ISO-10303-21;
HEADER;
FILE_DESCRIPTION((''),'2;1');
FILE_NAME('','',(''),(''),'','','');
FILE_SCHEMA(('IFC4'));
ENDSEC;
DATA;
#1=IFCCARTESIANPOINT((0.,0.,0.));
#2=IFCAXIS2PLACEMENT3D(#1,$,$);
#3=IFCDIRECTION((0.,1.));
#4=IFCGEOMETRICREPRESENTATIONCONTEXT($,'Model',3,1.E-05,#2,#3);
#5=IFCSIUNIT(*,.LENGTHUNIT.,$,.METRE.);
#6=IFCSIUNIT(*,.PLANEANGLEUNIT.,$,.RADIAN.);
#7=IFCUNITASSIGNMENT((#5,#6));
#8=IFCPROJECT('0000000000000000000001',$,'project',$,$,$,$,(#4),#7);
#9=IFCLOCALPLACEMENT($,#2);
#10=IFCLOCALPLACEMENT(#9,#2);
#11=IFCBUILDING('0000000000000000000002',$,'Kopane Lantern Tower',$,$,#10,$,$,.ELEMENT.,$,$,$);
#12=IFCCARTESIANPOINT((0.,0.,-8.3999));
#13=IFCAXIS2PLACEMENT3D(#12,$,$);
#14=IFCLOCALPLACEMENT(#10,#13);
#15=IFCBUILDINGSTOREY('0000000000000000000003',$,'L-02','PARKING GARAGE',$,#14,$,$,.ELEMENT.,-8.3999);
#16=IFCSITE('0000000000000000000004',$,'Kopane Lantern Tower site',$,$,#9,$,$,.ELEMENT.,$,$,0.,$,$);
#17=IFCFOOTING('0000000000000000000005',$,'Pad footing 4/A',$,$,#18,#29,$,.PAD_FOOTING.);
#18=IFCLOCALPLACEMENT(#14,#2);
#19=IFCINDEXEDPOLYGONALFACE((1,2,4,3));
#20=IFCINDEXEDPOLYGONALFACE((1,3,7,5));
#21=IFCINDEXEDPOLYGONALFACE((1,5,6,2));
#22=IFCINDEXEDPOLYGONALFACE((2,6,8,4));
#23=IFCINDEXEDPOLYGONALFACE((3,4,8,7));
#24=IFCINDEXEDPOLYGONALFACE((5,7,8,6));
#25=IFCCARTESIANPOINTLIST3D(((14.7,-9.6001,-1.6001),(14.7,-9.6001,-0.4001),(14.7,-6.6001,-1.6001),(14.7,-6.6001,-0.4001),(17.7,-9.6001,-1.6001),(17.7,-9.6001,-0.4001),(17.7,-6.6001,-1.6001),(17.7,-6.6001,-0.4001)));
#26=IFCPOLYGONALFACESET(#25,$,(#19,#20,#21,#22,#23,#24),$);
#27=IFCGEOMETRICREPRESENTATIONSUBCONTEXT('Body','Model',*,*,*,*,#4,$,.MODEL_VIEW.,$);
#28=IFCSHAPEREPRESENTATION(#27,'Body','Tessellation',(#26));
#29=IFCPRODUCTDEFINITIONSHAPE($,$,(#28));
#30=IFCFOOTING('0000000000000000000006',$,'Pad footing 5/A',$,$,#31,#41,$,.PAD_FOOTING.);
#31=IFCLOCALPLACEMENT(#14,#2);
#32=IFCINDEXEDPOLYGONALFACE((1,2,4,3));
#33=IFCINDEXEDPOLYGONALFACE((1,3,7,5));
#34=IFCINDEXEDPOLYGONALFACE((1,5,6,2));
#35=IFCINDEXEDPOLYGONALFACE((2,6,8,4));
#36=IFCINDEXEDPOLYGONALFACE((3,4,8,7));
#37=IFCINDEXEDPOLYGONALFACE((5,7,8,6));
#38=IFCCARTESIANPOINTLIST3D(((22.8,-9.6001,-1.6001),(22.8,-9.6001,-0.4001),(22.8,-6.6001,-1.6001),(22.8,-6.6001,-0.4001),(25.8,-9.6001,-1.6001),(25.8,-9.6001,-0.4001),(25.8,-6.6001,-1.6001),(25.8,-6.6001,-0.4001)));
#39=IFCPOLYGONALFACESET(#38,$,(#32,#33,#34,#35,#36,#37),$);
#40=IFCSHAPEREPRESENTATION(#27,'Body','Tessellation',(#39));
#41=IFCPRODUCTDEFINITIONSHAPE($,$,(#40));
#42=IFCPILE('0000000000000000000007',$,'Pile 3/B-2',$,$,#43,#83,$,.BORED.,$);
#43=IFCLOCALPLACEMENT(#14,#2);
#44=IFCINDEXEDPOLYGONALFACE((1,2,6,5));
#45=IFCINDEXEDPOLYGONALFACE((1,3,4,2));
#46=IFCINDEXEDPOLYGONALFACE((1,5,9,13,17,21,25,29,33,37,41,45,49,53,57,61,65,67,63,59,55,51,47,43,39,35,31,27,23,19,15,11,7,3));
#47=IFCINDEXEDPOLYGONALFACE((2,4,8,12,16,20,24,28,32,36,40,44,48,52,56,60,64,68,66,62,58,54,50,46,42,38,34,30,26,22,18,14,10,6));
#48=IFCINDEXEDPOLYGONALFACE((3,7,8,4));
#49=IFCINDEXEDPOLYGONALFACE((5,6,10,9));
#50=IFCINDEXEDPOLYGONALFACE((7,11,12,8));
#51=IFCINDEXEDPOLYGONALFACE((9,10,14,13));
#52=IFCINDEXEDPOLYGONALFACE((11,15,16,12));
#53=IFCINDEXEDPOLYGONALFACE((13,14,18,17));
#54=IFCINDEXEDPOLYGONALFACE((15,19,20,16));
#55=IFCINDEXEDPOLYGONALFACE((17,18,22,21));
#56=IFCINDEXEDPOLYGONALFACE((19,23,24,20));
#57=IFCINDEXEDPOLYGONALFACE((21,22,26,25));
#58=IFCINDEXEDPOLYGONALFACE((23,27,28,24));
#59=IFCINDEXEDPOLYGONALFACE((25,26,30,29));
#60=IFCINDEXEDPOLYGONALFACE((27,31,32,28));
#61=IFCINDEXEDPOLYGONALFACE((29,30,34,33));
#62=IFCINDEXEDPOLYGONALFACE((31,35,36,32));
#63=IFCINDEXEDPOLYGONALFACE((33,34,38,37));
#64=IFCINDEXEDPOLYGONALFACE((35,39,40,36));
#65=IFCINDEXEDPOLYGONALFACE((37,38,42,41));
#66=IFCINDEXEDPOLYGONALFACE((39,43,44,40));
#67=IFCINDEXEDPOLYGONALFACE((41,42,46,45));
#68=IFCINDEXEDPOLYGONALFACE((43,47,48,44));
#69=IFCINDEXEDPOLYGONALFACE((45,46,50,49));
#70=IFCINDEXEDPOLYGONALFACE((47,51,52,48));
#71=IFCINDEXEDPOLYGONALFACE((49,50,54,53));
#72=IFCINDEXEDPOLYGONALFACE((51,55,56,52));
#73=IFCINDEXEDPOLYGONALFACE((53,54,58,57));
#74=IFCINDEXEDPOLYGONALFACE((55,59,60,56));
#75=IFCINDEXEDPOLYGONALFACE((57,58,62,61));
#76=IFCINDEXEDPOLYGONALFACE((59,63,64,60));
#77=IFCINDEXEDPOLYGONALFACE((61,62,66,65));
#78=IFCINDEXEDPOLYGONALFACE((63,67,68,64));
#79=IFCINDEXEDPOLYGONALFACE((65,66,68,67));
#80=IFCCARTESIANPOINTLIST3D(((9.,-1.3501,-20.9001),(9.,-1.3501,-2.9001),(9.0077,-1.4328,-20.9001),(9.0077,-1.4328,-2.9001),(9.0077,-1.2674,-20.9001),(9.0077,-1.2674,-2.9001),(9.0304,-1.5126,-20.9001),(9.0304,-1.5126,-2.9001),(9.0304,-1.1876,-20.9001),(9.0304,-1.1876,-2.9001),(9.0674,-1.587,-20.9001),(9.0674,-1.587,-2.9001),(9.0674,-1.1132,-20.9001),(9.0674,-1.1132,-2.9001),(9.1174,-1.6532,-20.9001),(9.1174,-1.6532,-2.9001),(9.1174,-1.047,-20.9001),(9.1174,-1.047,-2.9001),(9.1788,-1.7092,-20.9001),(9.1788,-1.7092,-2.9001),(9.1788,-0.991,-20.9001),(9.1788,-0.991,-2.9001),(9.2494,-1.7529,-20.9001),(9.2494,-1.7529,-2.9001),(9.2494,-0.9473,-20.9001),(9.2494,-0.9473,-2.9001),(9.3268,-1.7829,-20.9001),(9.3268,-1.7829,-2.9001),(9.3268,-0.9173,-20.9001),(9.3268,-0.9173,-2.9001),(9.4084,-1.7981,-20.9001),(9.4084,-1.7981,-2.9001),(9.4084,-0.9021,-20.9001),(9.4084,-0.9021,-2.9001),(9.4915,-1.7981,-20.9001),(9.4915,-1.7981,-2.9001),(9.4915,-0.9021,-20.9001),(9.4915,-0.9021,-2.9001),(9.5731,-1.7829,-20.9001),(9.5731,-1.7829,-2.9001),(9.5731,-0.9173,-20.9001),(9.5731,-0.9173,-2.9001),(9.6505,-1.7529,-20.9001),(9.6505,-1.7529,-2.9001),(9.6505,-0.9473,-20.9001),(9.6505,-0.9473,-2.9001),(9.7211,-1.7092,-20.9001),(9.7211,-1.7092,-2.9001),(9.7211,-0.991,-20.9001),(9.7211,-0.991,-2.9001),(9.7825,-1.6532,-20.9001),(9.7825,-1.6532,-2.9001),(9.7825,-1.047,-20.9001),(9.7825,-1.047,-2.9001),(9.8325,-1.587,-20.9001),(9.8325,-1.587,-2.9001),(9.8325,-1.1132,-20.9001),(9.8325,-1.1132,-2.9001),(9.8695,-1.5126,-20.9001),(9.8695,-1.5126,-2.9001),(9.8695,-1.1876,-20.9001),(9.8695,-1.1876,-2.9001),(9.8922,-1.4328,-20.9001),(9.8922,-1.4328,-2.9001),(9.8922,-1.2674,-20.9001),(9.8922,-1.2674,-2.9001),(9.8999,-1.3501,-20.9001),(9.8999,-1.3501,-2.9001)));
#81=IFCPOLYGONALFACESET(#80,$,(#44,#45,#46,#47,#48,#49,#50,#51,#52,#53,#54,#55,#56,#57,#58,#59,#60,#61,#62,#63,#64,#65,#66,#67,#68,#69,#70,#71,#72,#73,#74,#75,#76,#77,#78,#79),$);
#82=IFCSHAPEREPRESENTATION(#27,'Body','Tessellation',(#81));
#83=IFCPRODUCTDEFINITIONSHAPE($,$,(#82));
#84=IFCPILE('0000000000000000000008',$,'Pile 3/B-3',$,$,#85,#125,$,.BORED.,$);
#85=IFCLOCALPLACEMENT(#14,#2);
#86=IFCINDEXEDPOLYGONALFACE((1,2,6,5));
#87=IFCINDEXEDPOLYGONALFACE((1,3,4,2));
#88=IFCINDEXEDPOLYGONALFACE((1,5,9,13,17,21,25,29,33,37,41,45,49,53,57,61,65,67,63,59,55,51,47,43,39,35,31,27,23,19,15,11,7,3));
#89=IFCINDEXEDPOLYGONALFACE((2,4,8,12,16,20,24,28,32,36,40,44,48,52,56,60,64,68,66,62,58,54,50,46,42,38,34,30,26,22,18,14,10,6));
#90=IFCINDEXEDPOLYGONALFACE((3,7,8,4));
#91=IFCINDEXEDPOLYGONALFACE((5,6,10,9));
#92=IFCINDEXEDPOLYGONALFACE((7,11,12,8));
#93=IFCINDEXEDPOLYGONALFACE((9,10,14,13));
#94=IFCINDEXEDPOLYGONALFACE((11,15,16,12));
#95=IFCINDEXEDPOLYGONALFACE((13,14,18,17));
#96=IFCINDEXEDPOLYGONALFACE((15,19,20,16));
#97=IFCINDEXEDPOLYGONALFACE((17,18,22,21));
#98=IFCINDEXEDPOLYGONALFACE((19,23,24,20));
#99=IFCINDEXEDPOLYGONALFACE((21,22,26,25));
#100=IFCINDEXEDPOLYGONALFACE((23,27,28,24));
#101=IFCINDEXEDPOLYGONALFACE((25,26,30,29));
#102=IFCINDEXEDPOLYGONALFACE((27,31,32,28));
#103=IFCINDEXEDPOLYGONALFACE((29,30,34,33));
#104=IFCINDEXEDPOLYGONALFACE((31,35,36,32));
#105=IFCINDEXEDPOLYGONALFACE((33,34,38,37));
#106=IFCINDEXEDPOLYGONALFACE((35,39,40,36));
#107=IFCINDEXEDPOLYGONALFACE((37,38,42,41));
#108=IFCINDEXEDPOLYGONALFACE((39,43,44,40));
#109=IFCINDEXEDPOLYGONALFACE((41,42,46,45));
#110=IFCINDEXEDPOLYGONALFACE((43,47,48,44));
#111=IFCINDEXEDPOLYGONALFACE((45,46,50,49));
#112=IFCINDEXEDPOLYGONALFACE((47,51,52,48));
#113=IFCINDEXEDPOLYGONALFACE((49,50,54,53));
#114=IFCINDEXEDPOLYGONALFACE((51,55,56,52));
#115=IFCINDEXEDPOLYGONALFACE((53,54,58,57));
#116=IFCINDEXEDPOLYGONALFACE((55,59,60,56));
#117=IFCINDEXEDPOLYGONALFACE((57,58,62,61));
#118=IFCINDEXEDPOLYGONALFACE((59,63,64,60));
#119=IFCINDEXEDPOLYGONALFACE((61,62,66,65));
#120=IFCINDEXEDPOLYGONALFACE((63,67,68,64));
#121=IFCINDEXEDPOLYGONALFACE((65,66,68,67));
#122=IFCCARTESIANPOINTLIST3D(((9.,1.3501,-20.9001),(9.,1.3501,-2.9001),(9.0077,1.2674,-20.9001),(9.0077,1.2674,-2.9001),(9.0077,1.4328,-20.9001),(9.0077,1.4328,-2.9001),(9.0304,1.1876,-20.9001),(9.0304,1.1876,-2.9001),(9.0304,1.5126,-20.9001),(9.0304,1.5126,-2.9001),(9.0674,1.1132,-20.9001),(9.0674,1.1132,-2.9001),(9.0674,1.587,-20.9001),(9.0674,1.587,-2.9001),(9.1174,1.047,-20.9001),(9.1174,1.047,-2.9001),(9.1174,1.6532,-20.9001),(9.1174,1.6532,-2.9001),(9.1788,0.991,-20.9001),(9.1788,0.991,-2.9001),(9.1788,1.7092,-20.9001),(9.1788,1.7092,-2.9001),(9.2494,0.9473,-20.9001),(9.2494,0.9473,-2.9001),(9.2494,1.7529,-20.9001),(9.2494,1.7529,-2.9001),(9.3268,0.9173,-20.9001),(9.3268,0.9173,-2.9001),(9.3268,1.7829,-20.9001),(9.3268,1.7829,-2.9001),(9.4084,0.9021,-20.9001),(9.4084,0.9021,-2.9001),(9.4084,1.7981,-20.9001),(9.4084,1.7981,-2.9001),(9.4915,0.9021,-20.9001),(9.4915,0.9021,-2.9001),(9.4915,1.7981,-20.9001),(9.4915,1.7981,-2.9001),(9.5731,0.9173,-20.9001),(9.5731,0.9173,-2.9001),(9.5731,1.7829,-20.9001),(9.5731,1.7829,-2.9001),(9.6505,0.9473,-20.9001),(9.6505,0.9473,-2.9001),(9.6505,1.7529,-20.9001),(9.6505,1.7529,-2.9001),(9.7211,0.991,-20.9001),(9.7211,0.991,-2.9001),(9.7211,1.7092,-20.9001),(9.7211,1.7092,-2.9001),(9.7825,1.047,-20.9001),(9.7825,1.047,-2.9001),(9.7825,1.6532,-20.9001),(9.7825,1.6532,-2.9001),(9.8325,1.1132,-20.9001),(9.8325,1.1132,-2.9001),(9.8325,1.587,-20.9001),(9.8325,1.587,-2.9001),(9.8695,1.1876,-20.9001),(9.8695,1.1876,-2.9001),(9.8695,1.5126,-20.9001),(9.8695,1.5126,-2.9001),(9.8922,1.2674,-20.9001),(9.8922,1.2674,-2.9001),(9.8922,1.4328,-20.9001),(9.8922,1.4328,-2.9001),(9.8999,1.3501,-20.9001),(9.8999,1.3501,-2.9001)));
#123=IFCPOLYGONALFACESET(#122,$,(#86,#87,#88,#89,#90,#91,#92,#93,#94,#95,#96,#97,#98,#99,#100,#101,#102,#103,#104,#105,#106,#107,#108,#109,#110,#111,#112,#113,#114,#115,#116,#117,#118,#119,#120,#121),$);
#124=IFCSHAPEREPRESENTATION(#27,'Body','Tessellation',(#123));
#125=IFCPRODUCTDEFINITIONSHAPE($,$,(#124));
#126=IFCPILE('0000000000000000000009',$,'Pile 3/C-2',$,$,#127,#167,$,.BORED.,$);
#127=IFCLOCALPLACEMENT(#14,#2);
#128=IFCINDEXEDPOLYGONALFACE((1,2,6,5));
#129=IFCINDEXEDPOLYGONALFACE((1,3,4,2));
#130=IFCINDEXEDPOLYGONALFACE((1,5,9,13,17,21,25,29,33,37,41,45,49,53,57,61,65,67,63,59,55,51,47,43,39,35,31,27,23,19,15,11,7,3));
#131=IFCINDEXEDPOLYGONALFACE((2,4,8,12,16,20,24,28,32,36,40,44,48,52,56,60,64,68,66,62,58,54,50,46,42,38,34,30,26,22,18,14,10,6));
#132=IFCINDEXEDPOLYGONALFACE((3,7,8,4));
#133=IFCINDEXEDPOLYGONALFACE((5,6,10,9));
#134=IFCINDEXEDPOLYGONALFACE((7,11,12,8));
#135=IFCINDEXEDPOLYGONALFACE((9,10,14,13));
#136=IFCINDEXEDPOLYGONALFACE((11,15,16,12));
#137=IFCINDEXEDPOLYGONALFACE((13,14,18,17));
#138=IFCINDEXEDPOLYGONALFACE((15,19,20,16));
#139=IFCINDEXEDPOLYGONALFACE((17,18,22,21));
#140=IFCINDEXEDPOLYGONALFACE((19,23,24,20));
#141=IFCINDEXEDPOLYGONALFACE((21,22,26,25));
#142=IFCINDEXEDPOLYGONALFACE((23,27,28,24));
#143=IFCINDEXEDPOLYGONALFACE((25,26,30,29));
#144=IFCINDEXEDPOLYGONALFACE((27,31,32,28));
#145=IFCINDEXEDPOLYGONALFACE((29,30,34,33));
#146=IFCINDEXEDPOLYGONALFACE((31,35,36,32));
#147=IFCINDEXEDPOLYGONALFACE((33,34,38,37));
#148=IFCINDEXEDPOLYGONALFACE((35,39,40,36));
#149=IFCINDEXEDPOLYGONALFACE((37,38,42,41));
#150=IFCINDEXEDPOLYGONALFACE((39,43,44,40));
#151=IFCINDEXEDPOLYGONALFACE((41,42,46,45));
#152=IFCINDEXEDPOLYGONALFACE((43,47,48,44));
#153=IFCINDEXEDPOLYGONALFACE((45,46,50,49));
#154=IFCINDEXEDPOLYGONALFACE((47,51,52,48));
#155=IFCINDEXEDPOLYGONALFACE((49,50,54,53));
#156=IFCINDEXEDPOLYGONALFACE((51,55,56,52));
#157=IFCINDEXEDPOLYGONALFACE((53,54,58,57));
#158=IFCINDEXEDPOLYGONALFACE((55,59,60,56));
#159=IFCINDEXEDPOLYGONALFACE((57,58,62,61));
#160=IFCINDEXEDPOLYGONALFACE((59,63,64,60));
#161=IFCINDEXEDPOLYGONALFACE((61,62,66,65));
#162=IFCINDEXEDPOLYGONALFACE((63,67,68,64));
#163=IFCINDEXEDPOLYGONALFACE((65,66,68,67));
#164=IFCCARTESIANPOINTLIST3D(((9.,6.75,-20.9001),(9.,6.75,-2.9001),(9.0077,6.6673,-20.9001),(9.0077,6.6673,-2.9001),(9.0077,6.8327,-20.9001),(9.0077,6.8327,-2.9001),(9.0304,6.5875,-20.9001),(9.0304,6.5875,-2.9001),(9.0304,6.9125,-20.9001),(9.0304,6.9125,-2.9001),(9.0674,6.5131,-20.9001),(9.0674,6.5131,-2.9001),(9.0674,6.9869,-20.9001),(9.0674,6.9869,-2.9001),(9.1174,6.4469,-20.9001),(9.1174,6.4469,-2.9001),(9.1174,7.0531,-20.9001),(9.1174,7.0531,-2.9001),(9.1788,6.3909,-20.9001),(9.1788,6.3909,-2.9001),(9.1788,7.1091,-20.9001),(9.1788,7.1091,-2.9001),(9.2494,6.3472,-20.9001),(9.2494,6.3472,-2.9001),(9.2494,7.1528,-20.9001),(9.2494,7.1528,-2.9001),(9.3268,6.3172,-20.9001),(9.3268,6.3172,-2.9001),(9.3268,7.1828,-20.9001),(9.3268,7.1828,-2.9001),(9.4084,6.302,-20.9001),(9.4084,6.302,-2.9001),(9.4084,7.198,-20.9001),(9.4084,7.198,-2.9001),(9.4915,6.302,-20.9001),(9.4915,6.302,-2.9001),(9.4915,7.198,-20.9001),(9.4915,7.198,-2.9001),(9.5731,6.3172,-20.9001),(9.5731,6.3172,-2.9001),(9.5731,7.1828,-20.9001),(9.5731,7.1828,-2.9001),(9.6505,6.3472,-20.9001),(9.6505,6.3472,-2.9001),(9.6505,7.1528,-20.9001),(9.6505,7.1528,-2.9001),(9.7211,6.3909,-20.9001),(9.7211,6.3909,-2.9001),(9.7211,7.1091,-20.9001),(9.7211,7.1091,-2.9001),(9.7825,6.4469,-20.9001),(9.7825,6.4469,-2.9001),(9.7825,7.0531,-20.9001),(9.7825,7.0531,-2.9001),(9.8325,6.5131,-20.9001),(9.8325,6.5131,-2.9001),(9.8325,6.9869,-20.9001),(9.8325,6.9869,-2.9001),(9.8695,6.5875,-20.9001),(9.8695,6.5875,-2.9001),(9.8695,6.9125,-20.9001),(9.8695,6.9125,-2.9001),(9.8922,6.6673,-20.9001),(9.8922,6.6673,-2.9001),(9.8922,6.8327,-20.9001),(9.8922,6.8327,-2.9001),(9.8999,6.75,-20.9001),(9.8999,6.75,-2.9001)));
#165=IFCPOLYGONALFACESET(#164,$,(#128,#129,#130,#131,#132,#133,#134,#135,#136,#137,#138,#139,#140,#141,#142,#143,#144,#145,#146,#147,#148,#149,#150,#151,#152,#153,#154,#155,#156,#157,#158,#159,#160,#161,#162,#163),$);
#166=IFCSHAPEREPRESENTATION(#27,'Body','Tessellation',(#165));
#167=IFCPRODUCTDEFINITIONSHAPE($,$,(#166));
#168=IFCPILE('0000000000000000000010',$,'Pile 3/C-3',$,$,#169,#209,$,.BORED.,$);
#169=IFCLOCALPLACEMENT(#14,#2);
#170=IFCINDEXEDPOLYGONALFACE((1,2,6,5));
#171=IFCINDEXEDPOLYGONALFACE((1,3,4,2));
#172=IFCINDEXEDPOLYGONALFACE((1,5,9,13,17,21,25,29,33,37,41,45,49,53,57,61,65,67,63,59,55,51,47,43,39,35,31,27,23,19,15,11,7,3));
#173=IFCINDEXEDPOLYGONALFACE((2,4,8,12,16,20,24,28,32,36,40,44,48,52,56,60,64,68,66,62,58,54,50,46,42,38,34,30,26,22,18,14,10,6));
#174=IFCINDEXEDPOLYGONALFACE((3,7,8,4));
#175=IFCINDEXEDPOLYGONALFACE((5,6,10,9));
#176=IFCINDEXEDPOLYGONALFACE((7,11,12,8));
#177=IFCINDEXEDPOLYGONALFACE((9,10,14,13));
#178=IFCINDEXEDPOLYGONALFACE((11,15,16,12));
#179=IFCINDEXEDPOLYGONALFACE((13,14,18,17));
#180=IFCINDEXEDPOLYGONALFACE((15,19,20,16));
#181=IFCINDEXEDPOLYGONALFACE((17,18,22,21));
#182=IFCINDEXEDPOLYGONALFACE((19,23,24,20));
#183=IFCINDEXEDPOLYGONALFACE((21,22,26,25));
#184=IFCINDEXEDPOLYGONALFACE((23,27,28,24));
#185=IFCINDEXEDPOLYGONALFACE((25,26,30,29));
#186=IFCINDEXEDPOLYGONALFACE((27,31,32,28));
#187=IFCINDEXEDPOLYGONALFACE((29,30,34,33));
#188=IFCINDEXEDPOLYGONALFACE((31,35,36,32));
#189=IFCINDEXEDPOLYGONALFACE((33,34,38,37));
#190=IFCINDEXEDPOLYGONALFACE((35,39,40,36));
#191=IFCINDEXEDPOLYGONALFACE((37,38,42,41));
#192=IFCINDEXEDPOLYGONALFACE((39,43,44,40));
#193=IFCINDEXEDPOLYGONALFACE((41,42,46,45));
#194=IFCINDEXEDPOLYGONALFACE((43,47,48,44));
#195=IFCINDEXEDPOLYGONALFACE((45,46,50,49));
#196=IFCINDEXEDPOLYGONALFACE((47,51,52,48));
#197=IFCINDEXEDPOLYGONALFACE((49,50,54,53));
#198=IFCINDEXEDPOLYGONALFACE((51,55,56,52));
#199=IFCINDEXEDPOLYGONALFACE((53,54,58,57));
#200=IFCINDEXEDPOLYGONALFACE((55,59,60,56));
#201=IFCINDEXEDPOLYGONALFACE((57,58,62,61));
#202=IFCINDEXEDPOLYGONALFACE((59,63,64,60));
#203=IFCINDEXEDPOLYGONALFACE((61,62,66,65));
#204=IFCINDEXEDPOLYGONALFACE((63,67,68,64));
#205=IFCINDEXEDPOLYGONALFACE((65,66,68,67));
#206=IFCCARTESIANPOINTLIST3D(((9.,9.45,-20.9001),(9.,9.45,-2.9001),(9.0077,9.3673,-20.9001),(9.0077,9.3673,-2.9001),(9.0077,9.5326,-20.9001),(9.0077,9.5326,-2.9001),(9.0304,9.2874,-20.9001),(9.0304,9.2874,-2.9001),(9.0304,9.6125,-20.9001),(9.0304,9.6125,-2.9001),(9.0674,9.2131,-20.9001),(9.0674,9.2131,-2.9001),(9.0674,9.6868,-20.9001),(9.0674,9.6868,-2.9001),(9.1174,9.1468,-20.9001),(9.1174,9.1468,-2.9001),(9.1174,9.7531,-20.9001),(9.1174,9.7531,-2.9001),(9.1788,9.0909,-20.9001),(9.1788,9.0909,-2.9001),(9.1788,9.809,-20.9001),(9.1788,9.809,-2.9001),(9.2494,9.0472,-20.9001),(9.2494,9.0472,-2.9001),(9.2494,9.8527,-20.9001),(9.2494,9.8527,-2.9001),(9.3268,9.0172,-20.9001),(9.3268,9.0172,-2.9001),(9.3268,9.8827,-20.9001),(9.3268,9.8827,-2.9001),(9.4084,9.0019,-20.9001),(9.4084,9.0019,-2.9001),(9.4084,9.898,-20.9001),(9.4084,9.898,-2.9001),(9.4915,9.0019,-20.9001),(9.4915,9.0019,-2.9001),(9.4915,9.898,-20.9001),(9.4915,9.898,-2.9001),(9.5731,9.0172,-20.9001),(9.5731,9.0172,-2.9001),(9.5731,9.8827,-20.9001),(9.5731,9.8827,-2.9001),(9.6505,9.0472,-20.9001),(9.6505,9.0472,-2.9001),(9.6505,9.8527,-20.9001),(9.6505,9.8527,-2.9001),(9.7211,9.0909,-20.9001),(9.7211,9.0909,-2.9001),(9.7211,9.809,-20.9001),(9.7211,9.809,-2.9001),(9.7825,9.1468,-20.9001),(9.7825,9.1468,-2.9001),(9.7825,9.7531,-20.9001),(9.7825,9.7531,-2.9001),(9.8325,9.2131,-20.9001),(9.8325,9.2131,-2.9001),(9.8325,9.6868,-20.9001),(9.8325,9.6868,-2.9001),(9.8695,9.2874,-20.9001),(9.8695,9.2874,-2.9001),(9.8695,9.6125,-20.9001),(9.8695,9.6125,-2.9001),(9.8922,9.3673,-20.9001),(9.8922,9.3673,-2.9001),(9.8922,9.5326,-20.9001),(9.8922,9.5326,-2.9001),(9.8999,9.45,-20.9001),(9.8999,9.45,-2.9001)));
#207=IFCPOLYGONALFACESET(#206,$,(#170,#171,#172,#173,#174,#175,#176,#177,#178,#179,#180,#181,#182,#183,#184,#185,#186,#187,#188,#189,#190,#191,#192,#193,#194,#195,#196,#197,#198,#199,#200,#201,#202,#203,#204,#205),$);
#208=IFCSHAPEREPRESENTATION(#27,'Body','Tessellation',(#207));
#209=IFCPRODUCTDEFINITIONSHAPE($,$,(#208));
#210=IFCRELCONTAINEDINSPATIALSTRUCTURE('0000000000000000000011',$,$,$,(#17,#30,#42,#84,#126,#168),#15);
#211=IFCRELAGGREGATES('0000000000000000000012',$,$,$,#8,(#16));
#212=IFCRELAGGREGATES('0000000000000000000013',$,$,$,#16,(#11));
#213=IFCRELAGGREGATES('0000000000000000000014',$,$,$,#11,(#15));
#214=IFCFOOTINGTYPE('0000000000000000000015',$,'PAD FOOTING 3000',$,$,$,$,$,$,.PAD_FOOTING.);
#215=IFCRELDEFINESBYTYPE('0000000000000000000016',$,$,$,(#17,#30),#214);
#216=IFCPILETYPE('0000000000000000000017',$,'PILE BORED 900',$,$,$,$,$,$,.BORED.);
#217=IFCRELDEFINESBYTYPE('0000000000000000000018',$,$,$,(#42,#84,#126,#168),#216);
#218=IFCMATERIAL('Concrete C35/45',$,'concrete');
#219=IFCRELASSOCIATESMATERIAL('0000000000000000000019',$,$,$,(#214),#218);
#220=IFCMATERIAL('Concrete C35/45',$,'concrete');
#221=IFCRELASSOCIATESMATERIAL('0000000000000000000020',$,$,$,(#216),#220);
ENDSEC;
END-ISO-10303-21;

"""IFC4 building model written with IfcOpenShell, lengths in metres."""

from ifc_helpers import new_model, si_unit, direction, frame, origin, origin_2d, place, context, subcontext, project, spatial, rectangle, circle, extrude, material, material_profile, profile_set, type_object, element, save


model = new_model("IFC4")

# Units and contexts
model_context = context("Model", 3, precision=1e-05, world=origin(), true_north=direction((0.0, 1.0)))
body_context = subcontext(model_context, "Body", "Model", "MODEL_VIEW")
ifc_project = project(units=[si_unit("LENGTHUNIT", "METRE"), si_unit("PLANEANGLEUNIT", "RADIAN")], contexts=[model_context])

# Site, building, storey
site_placement = place(None, origin())
site = spatial("IfcSite", under=ifc_project, at=site_placement, Name="Kopane Lantern Tower site", CompositionType="ELEMENT", RefElevation=0.0)
building_placement = place(site_placement, origin())
building = spatial("IfcBuilding", under=site, at=building_placement, Name="Kopane Lantern Tower", CompositionType="ELEMENT")
storey_placement = place(building_placement, frame((0.0, 0.0, -8.3999)))
storey = spatial("IfcBuildingStorey", under=building, at=storey_placement, Name="L-02", Description="PARKING GARAGE", CompositionType="ELEMENT", Elevation=-8.3999)

# Footings
ifc_material_1 = material(Name="Concrete C35/45", Category="concrete")
footing_type_1 = type_object("IfcFootingType", Name="PAD FOOTING 3000", PredefinedType="PAD_FOOTING", material=ifc_material_1)
for number, where, z_axis, x_axis, name in (
    (1, (16.2, -8.1001, -1.6001), (0.0, 0.0, 1.0), (1.0, 0.0, 0.0), "Pad footing 4/A"),
    (2, (24.3, -8.1001, -1.6001), (0.0, 0.0, 1.0), (1.0, 0.0, 0.0), "Pad footing 5/A"),
):
    element("IfcFooting", number, at=place(storey_placement, frame(where, z_axis=z_axis, x_axis=x_axis)), inside=storey, type_object=footing_type_1, Name=name, PredefinedType="PAD_FOOTING", context=body_context, shape_type="SweptSolid", body=[
        extrude(rectangle(XDim=3.0, YDim=3.0, at=origin_2d()), origin(), (0.0, 0.0, 1.0), 1.2),
    ])

# Piles
ifc_material_2 = material(Name="Concrete C35/45", Category="concrete")
ifc_material_profile_1 = material_profile(ifc_material_2, circle(Radius=0.45, at=origin_2d()), Name="D900")
ifc_profile_set_1 = profile_set([ifc_material_profile_1], Name="Concrete C35/45")
pile_type = type_object("IfcPileType", Name="PILE BORED 900", PredefinedType="BORED", material=ifc_profile_set_1)
for number, where, z_axis, x_axis, name in (
    (3, (9.45, -1.3501, -2.9001), (0.0, 0.0, -1.0), (1.0, 0.0, 0.0), "Pile 3/B-2"),
    (4, (9.45, 1.3501, -2.9001), (0.0, 0.0, -1.0), (1.0, 0.0, 0.0), "Pile 3/B-3"),
    (5, (9.45, 6.75, -2.9001), (0.0, 0.0, -1.0), (1.0, 0.0, 0.0), "Pile 3/C-2"),
    (6, (9.45, 9.45, -2.9001), (0.0, 0.0, -1.0), (1.0, 0.0, 0.0), "Pile 3/C-3"),
):
    element("IfcPile", number, at=place(storey_placement, frame(where, z_axis=z_axis, x_axis=x_axis)), inside=storey, type_object=pile_type, Name=name, PredefinedType="BORED", context=body_context, shape_type="SweptSolid", body=[
        extrude(circle(Radius=0.45, at=origin_2d()), origin(), (0.0, 0.0, 1.0), 18.0),
    ])

save(model, "model.ifc")
